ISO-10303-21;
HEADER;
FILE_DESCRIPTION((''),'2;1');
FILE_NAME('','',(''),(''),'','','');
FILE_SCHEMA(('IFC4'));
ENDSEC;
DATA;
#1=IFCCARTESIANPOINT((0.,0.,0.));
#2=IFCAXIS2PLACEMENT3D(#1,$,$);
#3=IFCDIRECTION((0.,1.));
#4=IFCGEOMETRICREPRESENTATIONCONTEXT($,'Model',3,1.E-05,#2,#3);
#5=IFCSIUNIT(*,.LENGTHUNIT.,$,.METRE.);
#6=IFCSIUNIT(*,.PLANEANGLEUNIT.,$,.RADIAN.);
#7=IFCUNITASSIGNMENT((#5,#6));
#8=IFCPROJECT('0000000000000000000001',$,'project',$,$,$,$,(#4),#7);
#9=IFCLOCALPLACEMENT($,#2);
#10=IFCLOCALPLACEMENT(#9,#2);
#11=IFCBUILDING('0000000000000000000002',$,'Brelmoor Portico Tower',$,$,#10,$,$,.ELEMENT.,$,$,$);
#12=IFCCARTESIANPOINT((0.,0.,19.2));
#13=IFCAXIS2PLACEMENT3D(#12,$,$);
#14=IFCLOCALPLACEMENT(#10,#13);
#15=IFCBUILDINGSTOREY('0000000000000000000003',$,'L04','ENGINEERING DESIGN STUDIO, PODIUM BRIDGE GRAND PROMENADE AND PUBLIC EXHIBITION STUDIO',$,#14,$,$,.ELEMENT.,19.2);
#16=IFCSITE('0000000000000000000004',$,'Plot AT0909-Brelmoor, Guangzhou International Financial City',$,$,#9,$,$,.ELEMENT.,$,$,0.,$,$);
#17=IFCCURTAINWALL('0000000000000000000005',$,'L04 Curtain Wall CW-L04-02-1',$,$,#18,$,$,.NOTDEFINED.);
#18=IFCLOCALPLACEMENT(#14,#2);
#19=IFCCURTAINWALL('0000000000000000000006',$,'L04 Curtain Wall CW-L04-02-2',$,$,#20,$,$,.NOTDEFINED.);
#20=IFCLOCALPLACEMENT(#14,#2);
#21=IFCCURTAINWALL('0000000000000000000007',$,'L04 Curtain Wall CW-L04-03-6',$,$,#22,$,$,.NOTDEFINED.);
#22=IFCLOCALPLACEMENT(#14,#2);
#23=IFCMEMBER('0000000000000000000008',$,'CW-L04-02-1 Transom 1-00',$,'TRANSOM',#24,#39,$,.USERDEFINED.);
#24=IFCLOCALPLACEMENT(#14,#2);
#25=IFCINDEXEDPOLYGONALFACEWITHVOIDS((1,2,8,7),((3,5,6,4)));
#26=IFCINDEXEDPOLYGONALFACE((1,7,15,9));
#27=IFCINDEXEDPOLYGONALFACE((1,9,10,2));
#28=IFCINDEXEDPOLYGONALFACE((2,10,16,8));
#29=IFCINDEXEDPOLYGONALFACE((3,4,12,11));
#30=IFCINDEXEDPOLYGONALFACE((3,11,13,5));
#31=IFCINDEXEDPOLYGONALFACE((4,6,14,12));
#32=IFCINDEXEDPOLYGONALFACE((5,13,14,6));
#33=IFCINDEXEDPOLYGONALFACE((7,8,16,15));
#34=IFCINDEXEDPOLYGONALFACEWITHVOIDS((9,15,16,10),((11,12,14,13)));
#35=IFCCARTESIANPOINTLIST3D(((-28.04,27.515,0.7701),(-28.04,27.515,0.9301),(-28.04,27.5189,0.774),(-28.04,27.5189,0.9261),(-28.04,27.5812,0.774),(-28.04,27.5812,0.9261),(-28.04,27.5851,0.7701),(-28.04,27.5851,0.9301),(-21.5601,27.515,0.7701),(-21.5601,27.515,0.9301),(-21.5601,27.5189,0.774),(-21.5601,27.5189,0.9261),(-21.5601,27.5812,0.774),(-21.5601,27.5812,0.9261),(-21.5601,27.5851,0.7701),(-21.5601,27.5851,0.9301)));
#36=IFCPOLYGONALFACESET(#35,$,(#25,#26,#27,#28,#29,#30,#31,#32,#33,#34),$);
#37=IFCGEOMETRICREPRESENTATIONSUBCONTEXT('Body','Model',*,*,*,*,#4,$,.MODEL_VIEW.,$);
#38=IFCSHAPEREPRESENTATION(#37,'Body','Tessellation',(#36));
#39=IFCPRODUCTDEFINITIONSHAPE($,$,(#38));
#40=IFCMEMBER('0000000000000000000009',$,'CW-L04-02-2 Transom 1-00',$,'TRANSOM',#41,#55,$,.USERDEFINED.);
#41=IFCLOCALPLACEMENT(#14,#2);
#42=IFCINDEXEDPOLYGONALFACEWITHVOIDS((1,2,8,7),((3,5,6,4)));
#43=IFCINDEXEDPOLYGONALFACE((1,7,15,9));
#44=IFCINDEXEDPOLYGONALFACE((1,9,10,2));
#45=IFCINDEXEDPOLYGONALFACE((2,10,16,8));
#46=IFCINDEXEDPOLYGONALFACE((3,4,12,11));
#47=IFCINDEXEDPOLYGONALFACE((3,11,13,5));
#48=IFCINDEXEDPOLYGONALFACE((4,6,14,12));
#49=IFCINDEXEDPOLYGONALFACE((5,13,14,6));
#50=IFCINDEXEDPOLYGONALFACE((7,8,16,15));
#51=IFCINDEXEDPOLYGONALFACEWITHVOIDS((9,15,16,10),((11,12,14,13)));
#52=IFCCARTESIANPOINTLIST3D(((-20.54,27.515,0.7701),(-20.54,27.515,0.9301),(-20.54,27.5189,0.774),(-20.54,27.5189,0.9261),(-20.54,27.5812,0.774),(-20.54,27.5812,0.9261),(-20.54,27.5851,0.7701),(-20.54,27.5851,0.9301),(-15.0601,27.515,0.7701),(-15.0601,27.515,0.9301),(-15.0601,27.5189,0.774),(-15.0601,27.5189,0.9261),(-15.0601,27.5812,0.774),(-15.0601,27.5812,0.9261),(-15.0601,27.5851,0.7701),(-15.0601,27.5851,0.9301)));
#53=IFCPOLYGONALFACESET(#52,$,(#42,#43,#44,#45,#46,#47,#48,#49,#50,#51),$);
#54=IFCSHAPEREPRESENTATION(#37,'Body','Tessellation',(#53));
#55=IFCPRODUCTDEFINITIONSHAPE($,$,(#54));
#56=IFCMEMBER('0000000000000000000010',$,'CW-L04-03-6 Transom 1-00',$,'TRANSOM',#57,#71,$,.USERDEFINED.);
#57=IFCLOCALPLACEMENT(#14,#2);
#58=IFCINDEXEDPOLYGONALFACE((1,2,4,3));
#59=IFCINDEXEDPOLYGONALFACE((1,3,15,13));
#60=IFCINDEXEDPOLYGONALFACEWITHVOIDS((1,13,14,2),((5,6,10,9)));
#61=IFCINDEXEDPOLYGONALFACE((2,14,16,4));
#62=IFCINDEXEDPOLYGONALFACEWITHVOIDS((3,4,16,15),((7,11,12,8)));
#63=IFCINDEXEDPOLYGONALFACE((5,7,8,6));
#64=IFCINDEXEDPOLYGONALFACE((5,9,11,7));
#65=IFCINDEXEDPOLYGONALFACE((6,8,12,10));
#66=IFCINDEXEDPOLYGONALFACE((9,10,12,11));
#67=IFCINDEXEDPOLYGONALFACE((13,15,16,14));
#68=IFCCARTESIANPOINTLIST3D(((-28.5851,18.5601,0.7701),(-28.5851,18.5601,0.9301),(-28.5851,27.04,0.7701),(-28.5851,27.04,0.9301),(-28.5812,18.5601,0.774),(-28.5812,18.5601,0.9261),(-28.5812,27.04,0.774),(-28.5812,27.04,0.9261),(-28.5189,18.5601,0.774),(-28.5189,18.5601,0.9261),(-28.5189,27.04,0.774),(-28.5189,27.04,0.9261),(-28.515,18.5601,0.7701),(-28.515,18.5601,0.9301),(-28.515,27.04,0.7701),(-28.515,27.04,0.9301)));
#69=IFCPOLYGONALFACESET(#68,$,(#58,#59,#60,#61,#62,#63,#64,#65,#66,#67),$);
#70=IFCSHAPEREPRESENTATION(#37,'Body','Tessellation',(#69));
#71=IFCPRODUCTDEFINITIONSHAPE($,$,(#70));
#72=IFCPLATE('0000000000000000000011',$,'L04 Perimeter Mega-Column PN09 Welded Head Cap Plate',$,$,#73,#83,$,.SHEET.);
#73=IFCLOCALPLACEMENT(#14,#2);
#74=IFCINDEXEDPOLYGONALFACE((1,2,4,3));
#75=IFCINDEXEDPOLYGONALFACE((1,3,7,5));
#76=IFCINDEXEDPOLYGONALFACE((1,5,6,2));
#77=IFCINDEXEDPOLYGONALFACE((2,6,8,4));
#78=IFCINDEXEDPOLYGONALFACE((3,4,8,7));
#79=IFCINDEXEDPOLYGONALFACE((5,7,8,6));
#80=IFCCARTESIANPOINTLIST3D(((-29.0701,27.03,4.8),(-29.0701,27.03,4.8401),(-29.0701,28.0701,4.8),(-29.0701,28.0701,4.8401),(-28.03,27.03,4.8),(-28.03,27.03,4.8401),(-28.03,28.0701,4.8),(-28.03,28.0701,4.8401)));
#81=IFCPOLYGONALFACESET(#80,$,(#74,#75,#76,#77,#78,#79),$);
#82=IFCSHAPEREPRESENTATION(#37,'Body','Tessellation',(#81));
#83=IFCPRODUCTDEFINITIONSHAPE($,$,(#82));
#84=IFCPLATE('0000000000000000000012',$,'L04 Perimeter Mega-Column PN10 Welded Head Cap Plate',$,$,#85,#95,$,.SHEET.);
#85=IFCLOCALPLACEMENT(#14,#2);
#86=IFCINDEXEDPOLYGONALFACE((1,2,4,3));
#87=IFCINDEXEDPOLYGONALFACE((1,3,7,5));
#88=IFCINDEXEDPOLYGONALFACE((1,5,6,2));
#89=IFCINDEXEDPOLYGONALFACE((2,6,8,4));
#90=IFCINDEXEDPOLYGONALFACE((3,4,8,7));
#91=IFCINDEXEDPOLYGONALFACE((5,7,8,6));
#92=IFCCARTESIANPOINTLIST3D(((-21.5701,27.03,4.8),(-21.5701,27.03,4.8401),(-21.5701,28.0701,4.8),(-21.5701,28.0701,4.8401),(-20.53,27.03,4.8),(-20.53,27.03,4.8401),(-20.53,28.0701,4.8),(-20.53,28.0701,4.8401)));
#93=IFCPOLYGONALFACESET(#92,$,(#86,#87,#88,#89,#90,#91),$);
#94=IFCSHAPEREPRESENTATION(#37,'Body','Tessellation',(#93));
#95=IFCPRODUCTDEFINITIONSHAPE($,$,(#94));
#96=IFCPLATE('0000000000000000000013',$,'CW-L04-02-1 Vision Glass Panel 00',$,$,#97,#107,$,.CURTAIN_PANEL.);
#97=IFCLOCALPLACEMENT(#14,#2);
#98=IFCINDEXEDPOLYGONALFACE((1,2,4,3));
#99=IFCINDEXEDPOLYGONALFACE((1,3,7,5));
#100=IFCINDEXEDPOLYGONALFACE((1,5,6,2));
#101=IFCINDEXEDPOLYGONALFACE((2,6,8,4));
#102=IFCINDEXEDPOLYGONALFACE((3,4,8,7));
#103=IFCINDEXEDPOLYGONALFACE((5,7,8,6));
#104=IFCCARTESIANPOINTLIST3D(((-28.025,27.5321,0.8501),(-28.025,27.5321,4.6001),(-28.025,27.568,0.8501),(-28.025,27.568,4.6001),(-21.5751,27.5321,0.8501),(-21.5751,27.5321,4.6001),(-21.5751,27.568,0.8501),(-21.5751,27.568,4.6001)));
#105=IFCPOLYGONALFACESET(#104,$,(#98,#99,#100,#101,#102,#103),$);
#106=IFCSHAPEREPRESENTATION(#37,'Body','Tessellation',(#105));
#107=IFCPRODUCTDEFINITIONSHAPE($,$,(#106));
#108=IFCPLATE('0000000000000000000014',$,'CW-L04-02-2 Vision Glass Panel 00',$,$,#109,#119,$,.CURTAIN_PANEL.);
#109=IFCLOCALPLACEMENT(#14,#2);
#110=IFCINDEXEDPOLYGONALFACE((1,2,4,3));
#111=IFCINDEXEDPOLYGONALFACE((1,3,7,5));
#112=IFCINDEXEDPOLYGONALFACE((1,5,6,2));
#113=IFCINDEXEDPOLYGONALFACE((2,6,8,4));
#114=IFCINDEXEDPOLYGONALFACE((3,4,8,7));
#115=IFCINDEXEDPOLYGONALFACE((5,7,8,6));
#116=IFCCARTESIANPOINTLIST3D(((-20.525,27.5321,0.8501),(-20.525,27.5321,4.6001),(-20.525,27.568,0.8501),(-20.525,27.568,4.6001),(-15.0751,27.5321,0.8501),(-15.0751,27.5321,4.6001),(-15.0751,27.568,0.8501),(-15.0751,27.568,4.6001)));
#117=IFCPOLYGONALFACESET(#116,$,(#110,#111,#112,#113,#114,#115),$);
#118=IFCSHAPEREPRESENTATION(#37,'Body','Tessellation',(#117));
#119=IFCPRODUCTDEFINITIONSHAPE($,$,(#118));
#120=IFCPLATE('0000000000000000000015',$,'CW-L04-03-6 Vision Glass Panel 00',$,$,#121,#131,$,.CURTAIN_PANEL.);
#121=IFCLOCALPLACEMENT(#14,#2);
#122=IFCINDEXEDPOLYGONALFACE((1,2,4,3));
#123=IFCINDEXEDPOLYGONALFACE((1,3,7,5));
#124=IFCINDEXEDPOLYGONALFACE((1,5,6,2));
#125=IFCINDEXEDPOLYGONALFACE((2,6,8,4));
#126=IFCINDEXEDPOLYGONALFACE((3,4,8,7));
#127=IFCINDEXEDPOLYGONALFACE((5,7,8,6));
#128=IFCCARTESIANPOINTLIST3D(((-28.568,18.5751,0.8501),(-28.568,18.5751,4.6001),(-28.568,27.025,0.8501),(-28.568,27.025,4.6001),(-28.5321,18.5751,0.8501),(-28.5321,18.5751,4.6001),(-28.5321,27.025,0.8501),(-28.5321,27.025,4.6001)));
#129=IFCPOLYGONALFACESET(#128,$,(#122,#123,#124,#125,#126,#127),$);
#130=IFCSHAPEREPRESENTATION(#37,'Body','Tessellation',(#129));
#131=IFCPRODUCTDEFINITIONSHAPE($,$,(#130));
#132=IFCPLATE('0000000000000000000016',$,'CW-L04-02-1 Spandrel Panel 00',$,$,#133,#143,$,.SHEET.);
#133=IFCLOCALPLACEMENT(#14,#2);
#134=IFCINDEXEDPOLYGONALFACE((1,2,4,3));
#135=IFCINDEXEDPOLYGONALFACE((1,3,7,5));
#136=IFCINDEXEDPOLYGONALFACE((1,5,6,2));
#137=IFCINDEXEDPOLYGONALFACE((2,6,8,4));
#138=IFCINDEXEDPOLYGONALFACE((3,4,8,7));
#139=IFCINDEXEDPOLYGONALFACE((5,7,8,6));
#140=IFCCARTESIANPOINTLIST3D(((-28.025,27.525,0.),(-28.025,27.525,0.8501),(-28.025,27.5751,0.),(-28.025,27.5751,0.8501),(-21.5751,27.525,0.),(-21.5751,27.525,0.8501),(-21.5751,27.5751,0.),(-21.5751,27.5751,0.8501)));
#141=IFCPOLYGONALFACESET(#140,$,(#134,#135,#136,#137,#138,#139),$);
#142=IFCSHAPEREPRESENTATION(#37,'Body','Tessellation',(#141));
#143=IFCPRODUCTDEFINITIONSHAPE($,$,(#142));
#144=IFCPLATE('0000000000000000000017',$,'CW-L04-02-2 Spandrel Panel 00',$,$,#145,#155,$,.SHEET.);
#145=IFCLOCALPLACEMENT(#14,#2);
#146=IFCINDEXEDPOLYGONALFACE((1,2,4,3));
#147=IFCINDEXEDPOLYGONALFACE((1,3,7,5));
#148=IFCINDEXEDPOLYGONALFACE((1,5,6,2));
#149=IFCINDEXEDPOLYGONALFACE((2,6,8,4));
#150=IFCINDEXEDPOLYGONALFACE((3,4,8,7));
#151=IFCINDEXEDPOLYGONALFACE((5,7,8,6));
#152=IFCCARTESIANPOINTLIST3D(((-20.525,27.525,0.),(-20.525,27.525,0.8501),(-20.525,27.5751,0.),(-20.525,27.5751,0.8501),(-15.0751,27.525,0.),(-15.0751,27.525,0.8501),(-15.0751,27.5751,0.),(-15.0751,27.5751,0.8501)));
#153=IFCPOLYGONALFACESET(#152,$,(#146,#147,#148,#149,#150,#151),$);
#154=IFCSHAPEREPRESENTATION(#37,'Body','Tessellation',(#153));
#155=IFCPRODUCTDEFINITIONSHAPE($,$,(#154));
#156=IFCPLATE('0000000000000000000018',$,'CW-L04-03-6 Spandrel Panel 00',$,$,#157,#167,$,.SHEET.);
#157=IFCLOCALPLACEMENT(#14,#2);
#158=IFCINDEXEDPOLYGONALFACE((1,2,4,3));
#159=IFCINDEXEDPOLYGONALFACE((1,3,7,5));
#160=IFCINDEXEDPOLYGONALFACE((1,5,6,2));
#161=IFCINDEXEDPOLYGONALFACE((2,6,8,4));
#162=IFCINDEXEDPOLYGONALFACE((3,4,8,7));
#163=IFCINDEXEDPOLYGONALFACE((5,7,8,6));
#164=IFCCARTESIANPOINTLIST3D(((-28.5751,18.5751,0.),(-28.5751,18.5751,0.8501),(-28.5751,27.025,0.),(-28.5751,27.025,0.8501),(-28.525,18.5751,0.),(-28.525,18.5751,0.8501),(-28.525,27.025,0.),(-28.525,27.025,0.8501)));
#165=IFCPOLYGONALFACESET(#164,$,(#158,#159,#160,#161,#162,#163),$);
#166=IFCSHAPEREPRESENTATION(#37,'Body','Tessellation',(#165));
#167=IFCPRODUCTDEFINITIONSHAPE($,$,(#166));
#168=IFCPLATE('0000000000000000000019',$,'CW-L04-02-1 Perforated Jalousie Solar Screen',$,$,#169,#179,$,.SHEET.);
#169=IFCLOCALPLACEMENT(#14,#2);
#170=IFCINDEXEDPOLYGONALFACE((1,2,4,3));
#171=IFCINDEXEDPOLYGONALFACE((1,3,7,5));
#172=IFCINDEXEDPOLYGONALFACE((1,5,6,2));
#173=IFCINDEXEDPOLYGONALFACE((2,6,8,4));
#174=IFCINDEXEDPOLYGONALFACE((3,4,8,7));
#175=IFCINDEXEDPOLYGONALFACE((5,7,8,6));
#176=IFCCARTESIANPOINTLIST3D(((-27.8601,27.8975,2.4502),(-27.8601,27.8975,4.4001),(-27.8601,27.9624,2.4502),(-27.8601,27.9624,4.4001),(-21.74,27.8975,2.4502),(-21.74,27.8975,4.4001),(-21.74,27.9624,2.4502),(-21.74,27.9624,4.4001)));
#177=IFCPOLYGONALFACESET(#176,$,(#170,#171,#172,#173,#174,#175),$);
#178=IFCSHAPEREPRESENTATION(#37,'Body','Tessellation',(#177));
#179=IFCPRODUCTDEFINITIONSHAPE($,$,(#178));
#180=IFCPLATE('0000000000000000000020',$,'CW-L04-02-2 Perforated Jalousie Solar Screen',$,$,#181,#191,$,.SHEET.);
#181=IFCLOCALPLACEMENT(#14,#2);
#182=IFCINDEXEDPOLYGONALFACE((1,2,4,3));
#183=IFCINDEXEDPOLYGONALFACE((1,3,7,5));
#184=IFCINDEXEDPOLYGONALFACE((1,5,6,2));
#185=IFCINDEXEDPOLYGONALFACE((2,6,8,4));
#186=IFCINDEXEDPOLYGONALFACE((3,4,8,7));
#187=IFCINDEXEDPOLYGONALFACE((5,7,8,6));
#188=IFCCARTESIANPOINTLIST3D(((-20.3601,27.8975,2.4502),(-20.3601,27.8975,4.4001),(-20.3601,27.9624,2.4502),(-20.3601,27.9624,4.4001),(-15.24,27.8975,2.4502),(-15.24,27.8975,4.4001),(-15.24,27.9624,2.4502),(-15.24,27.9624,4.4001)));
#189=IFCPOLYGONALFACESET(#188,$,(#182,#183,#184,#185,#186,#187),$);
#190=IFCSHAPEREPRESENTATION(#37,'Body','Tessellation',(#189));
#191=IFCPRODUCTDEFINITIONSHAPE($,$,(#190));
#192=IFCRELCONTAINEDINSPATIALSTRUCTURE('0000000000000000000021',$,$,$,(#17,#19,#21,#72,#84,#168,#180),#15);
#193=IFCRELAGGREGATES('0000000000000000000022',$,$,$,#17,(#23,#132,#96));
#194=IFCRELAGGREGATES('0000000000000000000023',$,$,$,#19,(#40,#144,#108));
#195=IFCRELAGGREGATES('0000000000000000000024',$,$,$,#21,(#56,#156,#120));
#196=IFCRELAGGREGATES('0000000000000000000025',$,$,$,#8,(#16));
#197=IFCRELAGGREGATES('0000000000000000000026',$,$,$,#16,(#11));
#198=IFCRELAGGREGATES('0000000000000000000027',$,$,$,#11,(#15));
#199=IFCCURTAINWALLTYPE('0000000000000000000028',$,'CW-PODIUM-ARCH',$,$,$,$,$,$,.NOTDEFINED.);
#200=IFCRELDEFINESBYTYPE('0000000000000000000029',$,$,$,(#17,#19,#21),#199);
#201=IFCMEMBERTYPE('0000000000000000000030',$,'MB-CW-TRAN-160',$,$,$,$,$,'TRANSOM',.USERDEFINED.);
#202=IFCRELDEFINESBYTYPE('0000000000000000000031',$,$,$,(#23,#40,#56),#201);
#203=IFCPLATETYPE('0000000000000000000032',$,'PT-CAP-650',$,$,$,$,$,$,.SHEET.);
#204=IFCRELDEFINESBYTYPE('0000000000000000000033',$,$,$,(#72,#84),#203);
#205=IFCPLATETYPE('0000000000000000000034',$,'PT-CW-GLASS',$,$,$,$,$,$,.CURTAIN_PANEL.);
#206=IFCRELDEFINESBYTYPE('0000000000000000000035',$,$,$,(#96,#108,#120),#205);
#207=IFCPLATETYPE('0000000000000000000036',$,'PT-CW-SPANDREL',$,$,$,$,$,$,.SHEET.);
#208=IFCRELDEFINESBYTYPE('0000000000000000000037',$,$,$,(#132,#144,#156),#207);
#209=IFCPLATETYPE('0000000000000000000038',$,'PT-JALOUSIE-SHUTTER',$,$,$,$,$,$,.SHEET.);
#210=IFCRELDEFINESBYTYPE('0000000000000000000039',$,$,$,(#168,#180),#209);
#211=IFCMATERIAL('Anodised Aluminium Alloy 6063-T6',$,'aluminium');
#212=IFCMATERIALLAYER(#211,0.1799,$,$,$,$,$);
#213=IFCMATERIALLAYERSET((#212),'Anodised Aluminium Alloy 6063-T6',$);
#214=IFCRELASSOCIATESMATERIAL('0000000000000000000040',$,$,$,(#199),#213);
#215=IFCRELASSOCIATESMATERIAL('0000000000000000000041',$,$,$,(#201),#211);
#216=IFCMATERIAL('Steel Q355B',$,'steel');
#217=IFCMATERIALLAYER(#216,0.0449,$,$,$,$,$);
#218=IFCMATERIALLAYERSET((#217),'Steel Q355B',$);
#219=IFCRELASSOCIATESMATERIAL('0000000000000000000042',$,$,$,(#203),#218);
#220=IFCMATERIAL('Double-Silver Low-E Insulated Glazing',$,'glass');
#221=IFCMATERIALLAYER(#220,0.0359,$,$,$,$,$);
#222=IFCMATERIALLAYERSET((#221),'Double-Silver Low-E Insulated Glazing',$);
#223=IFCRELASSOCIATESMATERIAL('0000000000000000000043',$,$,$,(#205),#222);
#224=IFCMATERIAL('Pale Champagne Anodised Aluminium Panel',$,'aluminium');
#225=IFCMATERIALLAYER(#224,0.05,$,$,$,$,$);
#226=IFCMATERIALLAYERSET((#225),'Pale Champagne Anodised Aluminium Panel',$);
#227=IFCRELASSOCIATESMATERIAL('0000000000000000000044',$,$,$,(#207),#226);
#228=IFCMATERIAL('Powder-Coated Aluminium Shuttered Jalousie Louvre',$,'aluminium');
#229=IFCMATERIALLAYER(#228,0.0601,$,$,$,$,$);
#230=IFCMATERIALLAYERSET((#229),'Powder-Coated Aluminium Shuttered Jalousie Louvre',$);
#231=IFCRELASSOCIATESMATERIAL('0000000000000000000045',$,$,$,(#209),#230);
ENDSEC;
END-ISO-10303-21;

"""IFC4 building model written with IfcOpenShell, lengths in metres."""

from ifc_helpers import new_model, si_unit, direction, frame, origin, origin_2d, place, context, subcontext, project, spatial, rectangle, hollow_rectangle, extrude, material, layer, layer_set, material_profile, profile_set, type_object, element, aggregate, save


model = new_model("IFC4")

# Units and contexts
model_context = context("Model", 3, precision=1e-05, world=origin(), true_north=direction((0.0, 1.0)))
body_context = subcontext(model_context, "Body", "Model", "MODEL_VIEW")
ifc_project = project(units=[si_unit("LENGTHUNIT", "METRE"), si_unit("PLANEANGLEUNIT", "RADIAN")], contexts=[model_context])

# Site, building, storey
site_placement = place(None, origin())
site = spatial("IfcSite", under=ifc_project, at=site_placement, Name="Plot AT0909-Brelmoor, Guangzhou International Financial City", CompositionType="ELEMENT", RefElevation=0.0)
building_placement = place(site_placement, origin())
building = spatial("IfcBuilding", under=site, at=building_placement, Name="Brelmoor Portico Tower", CompositionType="ELEMENT")
storey_placement = place(building_placement, frame((0.0, 0.0, 19.2)))
storey = spatial("IfcBuildingStorey", under=building, at=storey_placement, Name="L04", Description="ENGINEERING DESIGN STUDIO, PODIUM BRIDGE GRAND PROMENADE AND PUBLIC EXHIBITION STUDIO", CompositionType="ELEMENT", Elevation=19.2)

# Shared definitions
ifc_material_1 = material(Name="Steel Q355B", Category="steel")

# Curtain walls
ifc_material_2 = material(Name="Anodised Aluminium Alloy 6063-T6", Category="aluminium")
ifc_layer_1 = layer(ifc_material_2, 0.1799)
ifc_layer_set_1 = layer_set([ifc_layer_1], Name="Anodised Aluminium Alloy 6063-T6")
curtain_wall_type = type_object("IfcCurtainWallType", Name="CW-PODIUM-ARCH", PredefinedType="NOTDEFINED", material=ifc_layer_set_1)
curtain_wall_1_placement = place(storey_placement, origin())
curtain_wall_1 = element("IfcCurtainWall", 1, at=curtain_wall_1_placement, inside=storey, type_object=curtain_wall_type, Name="L04 Curtain Wall CW-L04-02-1", PredefinedType="NOTDEFINED")
curtain_wall_2_placement = place(storey_placement, origin())
curtain_wall_2 = element("IfcCurtainWall", 2, at=curtain_wall_2_placement, inside=storey, type_object=curtain_wall_type, Name="L04 Curtain Wall CW-L04-02-2", PredefinedType="NOTDEFINED")

# Curtain wall
curtain_wall_3_placement = place(storey_placement, origin())
curtain_wall_3 = element("IfcCurtainWall", 3, at=curtain_wall_3_placement, inside=storey, type_object=curtain_wall_type, Name="L04 Curtain Wall CW-L04-03-6", PredefinedType="NOTDEFINED")

# Members
ifc_material_profile_1 = material_profile(ifc_material_2, hollow_rectangle(XDim=0.0701, YDim=0.1599, WallThickness=0.0039, at=origin_2d()), Name="ALU TRANSOM 70x160")
ifc_profile_set_1 = profile_set([ifc_material_profile_1], Name="Anodised Aluminium Alloy 6063-T6")
member_type_1 = type_object("IfcMemberType", Name="MB-CW-TRAN-160", ElementType="TRANSOM", PredefinedType="USERDEFINED", material=ifc_profile_set_1)
member_1_placement = place(storey_placement, frame((-28.04, 27.55, 0.8501), z_axis=(1.0, 0.0, 0.0), x_axis=(0.0, 1.0, 0.0)))
member_1 = element("IfcMember", 4, at=member_1_placement, type_object=member_type_1, Name="CW-L04-02-1 Transom 1-00", ObjectType="TRANSOM", PredefinedType="USERDEFINED", context=body_context, shape_type="SweptSolid", body=[
    extrude(hollow_rectangle(XDim=0.0701, YDim=0.1599, WallThickness=0.0039, at=origin_2d()), origin(), (0.0, 0.0, 1.0), 6.48),
])
member_2_placement = place(storey_placement, frame((-20.54, 27.55, 0.8501), z_axis=(1.0, 0.0, 0.0), x_axis=(0.0, 1.0, 0.0)))
member_2 = element("IfcMember", 5, at=member_2_placement, type_object=member_type_1, Name="CW-L04-02-2 Transom 1-00", ObjectType="TRANSOM", PredefinedType="USERDEFINED", context=body_context, shape_type="SweptSolid", body=[
    extrude(hollow_rectangle(XDim=0.0701, YDim=0.1599, WallThickness=0.0039, at=origin_2d()), origin(), (0.0, 0.0, 1.0), 5.48),
])
member_3_placement = place(storey_placement, frame((-28.55, 18.5601, 0.8501), z_axis=(0.0, 1.0, 0.0), x_axis=(-1.0, 0.0, 0.0)))
member_3 = element("IfcMember", 6, at=member_3_placement, type_object=member_type_1, Name="CW-L04-03-6 Transom 1-00", ObjectType="TRANSOM", PredefinedType="USERDEFINED", context=body_context, shape_type="SweptSolid", body=[
    extrude(hollow_rectangle(XDim=0.0701, YDim=0.1599, WallThickness=0.0039, at=origin_2d()), origin(), (0.0, 0.0, 1.0), 8.48),
])

# Plates
ifc_layer_2 = layer(ifc_material_1, 0.0449)
ifc_layer_set_2 = layer_set([ifc_layer_2], Name="Steel Q355B")
plate_type_1 = type_object("IfcPlateType", Name="PT-CAP-650", PredefinedType="SHEET", material=ifc_layer_set_2)
for number, where, z_axis, x_axis, name in (
    (7, (-28.55, 27.55, 4.8), (0.0, 0.0, 1.0), (1.0, 0.0, 0.0), "L04 Perimeter Mega-Column PN09 Welded Head Cap Plate"),
    (8, (-21.05, 27.55, 4.8), (0.0, 0.0, 1.0), (1.0, 0.0, 0.0), "L04 Perimeter Mega-Column PN10 Welded Head Cap Plate"),
):
    element("IfcPlate", number, at=place(storey_placement, frame(where, z_axis=z_axis, x_axis=x_axis)), inside=storey, type_object=plate_type_1, Name=name, PredefinedType="SHEET", context=body_context, shape_type="SweptSolid", body=[
        extrude(rectangle(XDim=1.04, YDim=1.04, at=origin_2d()), origin(), (0.0, 0.0, 1.0), 0.04),
    ])

# Plates
ifc_material_3 = material(Name="Double-Silver Low-E Insulated Glazing", Category="glass")
ifc_layer_3 = layer(ifc_material_3, 0.0359)
ifc_layer_set_3 = layer_set([ifc_layer_3], Name="Double-Silver Low-E Insulated Glazing")
plate_type_2 = type_object("IfcPlateType", Name="PT-CW-GLASS", PredefinedType="CURTAIN_PANEL", material=ifc_layer_set_3)
plate_1_placement = place(storey_placement, frame((-24.8, 27.55, 0.8501), z_axis=(0.0, 0.0, 1.0), x_axis=(1.0, 0.0, 0.0)))
plate_1 = element("IfcPlate", 9, at=plate_1_placement, type_object=plate_type_2, Name="CW-L04-02-1 Vision Glass Panel 00", PredefinedType="CURTAIN_PANEL", context=body_context, shape_type="SweptSolid", body=[
    extrude(rectangle(XDim=6.45, YDim=0.0359, at=origin_2d()), origin(), (0.0, 0.0, 1.0), 3.75),
])
plate_2_placement = place(storey_placement, frame((-17.8, 27.55, 0.8501), z_axis=(0.0, 0.0, 1.0), x_axis=(1.0, 0.0, 0.0)))
plate_2 = element("IfcPlate", 10, at=plate_2_placement, type_object=plate_type_2, Name="CW-L04-02-2 Vision Glass Panel 00", PredefinedType="CURTAIN_PANEL", context=body_context, shape_type="SweptSolid", body=[
    extrude(rectangle(XDim=5.45, YDim=0.0359, at=origin_2d()), origin(), (0.0, 0.0, 1.0), 3.75),
])
plate_3_placement = place(storey_placement, frame((-28.55, 22.8, 0.8501), z_axis=(0.0, 0.0, 1.0), x_axis=(0.0, 1.0, 0.0)))
plate_3 = element("IfcPlate", 11, at=plate_3_placement, type_object=plate_type_2, Name="CW-L04-03-6 Vision Glass Panel 00", PredefinedType="CURTAIN_PANEL", context=body_context, shape_type="SweptSolid", body=[
    extrude(rectangle(XDim=8.45, YDim=0.0359, at=origin_2d()), origin(), (0.0, 0.0, 1.0), 3.75),
])
ifc_material_4 = material(Name="Pale Champagne Anodised Aluminium Panel", Category="aluminium")
ifc_layer_4 = layer(ifc_material_4, 0.05)
ifc_layer_set_4 = layer_set([ifc_layer_4], Name="Pale Champagne Anodised Aluminium Panel")
plate_type_3 = type_object("IfcPlateType", Name="PT-CW-SPANDREL", PredefinedType="SHEET", material=ifc_layer_set_4)
plate_4_placement = place(storey_placement, frame((-24.8, 27.55, 0.0), z_axis=(0.0, 0.0, 1.0), x_axis=(1.0, 0.0, 0.0)))
plate_4 = element("IfcPlate", 12, at=plate_4_placement, type_object=plate_type_3, Name="CW-L04-02-1 Spandrel Panel 00", PredefinedType="SHEET", context=body_context, shape_type="SweptSolid", body=[
    extrude(rectangle(XDim=6.45, YDim=0.05, at=origin_2d()), origin(), (0.0, 0.0, 1.0), 0.8501),
])
aggregate(curtain_wall_1, [member_1, plate_4, plate_1])
plate_5_placement = place(storey_placement, frame((-17.8, 27.55, 0.0), z_axis=(0.0, 0.0, 1.0), x_axis=(1.0, 0.0, 0.0)))
plate_5 = element("IfcPlate", 13, at=plate_5_placement, type_object=plate_type_3, Name="CW-L04-02-2 Spandrel Panel 00", PredefinedType="SHEET", context=body_context, shape_type="SweptSolid", body=[
    extrude(rectangle(XDim=5.45, YDim=0.05, at=origin_2d()), origin(), (0.0, 0.0, 1.0), 0.8501),
])
aggregate(curtain_wall_2, [member_2, plate_5, plate_2])
plate_6_placement = place(storey_placement, frame((-28.55, 22.8, 0.0), z_axis=(0.0, 0.0, 1.0), x_axis=(0.0, 1.0, 0.0)))
plate_6 = element("IfcPlate", 14, at=plate_6_placement, type_object=plate_type_3, Name="CW-L04-03-6 Spandrel Panel 00", PredefinedType="SHEET", context=body_context, shape_type="SweptSolid", body=[
    extrude(rectangle(XDim=8.45, YDim=0.05, at=origin_2d()), origin(), (0.0, 0.0, 1.0), 0.8501),
])
aggregate(curtain_wall_3, [member_3, plate_6, plate_3])

# Plates
ifc_material_5 = material(Name="Powder-Coated Aluminium Shuttered Jalousie Louvre", Category="aluminium")
ifc_layer_5 = layer(ifc_material_5, 0.0601)
ifc_layer_set_5 = layer_set([ifc_layer_5], Name="Powder-Coated Aluminium Shuttered Jalousie Louvre")
plate_type_4 = type_object("IfcPlateType", Name="PT-JALOUSIE-SHUTTER", PredefinedType="SHEET", material=ifc_layer_set_5)
plate_7_placement = place(storey_placement, frame((-24.8, 27.9299, 2.4502), z_axis=(0.0, 0.0, 1.0), x_axis=(1.0, 0.0, 0.0)))
element("IfcPlate", 15, at=plate_7_placement, inside=storey, type_object=plate_type_4, Name="CW-L04-02-1 Perforated Jalousie Solar Screen", PredefinedType="SHEET", context=body_context, shape_type="SweptSolid", body=[
    extrude(rectangle(XDim=6.1201, YDim=0.0649, at=origin_2d()), origin(), (0.0, 0.0, 1.0), 1.95),
])
plate_8_placement = place(storey_placement, frame((-17.8, 27.9299, 2.4502), z_axis=(0.0, 0.0, 1.0), x_axis=(1.0, 0.0, 0.0)))
element("IfcPlate", 16, at=plate_8_placement, inside=storey, type_object=plate_type_4, Name="CW-L04-02-2 Perforated Jalousie Solar Screen", PredefinedType="SHEET", context=body_context, shape_type="SweptSolid", body=[
    extrude(rectangle(XDim=5.1201, YDim=0.0649, at=origin_2d()), origin(), (0.0, 0.0, 1.0), 1.95),
])

save(model, "model.ifc")
